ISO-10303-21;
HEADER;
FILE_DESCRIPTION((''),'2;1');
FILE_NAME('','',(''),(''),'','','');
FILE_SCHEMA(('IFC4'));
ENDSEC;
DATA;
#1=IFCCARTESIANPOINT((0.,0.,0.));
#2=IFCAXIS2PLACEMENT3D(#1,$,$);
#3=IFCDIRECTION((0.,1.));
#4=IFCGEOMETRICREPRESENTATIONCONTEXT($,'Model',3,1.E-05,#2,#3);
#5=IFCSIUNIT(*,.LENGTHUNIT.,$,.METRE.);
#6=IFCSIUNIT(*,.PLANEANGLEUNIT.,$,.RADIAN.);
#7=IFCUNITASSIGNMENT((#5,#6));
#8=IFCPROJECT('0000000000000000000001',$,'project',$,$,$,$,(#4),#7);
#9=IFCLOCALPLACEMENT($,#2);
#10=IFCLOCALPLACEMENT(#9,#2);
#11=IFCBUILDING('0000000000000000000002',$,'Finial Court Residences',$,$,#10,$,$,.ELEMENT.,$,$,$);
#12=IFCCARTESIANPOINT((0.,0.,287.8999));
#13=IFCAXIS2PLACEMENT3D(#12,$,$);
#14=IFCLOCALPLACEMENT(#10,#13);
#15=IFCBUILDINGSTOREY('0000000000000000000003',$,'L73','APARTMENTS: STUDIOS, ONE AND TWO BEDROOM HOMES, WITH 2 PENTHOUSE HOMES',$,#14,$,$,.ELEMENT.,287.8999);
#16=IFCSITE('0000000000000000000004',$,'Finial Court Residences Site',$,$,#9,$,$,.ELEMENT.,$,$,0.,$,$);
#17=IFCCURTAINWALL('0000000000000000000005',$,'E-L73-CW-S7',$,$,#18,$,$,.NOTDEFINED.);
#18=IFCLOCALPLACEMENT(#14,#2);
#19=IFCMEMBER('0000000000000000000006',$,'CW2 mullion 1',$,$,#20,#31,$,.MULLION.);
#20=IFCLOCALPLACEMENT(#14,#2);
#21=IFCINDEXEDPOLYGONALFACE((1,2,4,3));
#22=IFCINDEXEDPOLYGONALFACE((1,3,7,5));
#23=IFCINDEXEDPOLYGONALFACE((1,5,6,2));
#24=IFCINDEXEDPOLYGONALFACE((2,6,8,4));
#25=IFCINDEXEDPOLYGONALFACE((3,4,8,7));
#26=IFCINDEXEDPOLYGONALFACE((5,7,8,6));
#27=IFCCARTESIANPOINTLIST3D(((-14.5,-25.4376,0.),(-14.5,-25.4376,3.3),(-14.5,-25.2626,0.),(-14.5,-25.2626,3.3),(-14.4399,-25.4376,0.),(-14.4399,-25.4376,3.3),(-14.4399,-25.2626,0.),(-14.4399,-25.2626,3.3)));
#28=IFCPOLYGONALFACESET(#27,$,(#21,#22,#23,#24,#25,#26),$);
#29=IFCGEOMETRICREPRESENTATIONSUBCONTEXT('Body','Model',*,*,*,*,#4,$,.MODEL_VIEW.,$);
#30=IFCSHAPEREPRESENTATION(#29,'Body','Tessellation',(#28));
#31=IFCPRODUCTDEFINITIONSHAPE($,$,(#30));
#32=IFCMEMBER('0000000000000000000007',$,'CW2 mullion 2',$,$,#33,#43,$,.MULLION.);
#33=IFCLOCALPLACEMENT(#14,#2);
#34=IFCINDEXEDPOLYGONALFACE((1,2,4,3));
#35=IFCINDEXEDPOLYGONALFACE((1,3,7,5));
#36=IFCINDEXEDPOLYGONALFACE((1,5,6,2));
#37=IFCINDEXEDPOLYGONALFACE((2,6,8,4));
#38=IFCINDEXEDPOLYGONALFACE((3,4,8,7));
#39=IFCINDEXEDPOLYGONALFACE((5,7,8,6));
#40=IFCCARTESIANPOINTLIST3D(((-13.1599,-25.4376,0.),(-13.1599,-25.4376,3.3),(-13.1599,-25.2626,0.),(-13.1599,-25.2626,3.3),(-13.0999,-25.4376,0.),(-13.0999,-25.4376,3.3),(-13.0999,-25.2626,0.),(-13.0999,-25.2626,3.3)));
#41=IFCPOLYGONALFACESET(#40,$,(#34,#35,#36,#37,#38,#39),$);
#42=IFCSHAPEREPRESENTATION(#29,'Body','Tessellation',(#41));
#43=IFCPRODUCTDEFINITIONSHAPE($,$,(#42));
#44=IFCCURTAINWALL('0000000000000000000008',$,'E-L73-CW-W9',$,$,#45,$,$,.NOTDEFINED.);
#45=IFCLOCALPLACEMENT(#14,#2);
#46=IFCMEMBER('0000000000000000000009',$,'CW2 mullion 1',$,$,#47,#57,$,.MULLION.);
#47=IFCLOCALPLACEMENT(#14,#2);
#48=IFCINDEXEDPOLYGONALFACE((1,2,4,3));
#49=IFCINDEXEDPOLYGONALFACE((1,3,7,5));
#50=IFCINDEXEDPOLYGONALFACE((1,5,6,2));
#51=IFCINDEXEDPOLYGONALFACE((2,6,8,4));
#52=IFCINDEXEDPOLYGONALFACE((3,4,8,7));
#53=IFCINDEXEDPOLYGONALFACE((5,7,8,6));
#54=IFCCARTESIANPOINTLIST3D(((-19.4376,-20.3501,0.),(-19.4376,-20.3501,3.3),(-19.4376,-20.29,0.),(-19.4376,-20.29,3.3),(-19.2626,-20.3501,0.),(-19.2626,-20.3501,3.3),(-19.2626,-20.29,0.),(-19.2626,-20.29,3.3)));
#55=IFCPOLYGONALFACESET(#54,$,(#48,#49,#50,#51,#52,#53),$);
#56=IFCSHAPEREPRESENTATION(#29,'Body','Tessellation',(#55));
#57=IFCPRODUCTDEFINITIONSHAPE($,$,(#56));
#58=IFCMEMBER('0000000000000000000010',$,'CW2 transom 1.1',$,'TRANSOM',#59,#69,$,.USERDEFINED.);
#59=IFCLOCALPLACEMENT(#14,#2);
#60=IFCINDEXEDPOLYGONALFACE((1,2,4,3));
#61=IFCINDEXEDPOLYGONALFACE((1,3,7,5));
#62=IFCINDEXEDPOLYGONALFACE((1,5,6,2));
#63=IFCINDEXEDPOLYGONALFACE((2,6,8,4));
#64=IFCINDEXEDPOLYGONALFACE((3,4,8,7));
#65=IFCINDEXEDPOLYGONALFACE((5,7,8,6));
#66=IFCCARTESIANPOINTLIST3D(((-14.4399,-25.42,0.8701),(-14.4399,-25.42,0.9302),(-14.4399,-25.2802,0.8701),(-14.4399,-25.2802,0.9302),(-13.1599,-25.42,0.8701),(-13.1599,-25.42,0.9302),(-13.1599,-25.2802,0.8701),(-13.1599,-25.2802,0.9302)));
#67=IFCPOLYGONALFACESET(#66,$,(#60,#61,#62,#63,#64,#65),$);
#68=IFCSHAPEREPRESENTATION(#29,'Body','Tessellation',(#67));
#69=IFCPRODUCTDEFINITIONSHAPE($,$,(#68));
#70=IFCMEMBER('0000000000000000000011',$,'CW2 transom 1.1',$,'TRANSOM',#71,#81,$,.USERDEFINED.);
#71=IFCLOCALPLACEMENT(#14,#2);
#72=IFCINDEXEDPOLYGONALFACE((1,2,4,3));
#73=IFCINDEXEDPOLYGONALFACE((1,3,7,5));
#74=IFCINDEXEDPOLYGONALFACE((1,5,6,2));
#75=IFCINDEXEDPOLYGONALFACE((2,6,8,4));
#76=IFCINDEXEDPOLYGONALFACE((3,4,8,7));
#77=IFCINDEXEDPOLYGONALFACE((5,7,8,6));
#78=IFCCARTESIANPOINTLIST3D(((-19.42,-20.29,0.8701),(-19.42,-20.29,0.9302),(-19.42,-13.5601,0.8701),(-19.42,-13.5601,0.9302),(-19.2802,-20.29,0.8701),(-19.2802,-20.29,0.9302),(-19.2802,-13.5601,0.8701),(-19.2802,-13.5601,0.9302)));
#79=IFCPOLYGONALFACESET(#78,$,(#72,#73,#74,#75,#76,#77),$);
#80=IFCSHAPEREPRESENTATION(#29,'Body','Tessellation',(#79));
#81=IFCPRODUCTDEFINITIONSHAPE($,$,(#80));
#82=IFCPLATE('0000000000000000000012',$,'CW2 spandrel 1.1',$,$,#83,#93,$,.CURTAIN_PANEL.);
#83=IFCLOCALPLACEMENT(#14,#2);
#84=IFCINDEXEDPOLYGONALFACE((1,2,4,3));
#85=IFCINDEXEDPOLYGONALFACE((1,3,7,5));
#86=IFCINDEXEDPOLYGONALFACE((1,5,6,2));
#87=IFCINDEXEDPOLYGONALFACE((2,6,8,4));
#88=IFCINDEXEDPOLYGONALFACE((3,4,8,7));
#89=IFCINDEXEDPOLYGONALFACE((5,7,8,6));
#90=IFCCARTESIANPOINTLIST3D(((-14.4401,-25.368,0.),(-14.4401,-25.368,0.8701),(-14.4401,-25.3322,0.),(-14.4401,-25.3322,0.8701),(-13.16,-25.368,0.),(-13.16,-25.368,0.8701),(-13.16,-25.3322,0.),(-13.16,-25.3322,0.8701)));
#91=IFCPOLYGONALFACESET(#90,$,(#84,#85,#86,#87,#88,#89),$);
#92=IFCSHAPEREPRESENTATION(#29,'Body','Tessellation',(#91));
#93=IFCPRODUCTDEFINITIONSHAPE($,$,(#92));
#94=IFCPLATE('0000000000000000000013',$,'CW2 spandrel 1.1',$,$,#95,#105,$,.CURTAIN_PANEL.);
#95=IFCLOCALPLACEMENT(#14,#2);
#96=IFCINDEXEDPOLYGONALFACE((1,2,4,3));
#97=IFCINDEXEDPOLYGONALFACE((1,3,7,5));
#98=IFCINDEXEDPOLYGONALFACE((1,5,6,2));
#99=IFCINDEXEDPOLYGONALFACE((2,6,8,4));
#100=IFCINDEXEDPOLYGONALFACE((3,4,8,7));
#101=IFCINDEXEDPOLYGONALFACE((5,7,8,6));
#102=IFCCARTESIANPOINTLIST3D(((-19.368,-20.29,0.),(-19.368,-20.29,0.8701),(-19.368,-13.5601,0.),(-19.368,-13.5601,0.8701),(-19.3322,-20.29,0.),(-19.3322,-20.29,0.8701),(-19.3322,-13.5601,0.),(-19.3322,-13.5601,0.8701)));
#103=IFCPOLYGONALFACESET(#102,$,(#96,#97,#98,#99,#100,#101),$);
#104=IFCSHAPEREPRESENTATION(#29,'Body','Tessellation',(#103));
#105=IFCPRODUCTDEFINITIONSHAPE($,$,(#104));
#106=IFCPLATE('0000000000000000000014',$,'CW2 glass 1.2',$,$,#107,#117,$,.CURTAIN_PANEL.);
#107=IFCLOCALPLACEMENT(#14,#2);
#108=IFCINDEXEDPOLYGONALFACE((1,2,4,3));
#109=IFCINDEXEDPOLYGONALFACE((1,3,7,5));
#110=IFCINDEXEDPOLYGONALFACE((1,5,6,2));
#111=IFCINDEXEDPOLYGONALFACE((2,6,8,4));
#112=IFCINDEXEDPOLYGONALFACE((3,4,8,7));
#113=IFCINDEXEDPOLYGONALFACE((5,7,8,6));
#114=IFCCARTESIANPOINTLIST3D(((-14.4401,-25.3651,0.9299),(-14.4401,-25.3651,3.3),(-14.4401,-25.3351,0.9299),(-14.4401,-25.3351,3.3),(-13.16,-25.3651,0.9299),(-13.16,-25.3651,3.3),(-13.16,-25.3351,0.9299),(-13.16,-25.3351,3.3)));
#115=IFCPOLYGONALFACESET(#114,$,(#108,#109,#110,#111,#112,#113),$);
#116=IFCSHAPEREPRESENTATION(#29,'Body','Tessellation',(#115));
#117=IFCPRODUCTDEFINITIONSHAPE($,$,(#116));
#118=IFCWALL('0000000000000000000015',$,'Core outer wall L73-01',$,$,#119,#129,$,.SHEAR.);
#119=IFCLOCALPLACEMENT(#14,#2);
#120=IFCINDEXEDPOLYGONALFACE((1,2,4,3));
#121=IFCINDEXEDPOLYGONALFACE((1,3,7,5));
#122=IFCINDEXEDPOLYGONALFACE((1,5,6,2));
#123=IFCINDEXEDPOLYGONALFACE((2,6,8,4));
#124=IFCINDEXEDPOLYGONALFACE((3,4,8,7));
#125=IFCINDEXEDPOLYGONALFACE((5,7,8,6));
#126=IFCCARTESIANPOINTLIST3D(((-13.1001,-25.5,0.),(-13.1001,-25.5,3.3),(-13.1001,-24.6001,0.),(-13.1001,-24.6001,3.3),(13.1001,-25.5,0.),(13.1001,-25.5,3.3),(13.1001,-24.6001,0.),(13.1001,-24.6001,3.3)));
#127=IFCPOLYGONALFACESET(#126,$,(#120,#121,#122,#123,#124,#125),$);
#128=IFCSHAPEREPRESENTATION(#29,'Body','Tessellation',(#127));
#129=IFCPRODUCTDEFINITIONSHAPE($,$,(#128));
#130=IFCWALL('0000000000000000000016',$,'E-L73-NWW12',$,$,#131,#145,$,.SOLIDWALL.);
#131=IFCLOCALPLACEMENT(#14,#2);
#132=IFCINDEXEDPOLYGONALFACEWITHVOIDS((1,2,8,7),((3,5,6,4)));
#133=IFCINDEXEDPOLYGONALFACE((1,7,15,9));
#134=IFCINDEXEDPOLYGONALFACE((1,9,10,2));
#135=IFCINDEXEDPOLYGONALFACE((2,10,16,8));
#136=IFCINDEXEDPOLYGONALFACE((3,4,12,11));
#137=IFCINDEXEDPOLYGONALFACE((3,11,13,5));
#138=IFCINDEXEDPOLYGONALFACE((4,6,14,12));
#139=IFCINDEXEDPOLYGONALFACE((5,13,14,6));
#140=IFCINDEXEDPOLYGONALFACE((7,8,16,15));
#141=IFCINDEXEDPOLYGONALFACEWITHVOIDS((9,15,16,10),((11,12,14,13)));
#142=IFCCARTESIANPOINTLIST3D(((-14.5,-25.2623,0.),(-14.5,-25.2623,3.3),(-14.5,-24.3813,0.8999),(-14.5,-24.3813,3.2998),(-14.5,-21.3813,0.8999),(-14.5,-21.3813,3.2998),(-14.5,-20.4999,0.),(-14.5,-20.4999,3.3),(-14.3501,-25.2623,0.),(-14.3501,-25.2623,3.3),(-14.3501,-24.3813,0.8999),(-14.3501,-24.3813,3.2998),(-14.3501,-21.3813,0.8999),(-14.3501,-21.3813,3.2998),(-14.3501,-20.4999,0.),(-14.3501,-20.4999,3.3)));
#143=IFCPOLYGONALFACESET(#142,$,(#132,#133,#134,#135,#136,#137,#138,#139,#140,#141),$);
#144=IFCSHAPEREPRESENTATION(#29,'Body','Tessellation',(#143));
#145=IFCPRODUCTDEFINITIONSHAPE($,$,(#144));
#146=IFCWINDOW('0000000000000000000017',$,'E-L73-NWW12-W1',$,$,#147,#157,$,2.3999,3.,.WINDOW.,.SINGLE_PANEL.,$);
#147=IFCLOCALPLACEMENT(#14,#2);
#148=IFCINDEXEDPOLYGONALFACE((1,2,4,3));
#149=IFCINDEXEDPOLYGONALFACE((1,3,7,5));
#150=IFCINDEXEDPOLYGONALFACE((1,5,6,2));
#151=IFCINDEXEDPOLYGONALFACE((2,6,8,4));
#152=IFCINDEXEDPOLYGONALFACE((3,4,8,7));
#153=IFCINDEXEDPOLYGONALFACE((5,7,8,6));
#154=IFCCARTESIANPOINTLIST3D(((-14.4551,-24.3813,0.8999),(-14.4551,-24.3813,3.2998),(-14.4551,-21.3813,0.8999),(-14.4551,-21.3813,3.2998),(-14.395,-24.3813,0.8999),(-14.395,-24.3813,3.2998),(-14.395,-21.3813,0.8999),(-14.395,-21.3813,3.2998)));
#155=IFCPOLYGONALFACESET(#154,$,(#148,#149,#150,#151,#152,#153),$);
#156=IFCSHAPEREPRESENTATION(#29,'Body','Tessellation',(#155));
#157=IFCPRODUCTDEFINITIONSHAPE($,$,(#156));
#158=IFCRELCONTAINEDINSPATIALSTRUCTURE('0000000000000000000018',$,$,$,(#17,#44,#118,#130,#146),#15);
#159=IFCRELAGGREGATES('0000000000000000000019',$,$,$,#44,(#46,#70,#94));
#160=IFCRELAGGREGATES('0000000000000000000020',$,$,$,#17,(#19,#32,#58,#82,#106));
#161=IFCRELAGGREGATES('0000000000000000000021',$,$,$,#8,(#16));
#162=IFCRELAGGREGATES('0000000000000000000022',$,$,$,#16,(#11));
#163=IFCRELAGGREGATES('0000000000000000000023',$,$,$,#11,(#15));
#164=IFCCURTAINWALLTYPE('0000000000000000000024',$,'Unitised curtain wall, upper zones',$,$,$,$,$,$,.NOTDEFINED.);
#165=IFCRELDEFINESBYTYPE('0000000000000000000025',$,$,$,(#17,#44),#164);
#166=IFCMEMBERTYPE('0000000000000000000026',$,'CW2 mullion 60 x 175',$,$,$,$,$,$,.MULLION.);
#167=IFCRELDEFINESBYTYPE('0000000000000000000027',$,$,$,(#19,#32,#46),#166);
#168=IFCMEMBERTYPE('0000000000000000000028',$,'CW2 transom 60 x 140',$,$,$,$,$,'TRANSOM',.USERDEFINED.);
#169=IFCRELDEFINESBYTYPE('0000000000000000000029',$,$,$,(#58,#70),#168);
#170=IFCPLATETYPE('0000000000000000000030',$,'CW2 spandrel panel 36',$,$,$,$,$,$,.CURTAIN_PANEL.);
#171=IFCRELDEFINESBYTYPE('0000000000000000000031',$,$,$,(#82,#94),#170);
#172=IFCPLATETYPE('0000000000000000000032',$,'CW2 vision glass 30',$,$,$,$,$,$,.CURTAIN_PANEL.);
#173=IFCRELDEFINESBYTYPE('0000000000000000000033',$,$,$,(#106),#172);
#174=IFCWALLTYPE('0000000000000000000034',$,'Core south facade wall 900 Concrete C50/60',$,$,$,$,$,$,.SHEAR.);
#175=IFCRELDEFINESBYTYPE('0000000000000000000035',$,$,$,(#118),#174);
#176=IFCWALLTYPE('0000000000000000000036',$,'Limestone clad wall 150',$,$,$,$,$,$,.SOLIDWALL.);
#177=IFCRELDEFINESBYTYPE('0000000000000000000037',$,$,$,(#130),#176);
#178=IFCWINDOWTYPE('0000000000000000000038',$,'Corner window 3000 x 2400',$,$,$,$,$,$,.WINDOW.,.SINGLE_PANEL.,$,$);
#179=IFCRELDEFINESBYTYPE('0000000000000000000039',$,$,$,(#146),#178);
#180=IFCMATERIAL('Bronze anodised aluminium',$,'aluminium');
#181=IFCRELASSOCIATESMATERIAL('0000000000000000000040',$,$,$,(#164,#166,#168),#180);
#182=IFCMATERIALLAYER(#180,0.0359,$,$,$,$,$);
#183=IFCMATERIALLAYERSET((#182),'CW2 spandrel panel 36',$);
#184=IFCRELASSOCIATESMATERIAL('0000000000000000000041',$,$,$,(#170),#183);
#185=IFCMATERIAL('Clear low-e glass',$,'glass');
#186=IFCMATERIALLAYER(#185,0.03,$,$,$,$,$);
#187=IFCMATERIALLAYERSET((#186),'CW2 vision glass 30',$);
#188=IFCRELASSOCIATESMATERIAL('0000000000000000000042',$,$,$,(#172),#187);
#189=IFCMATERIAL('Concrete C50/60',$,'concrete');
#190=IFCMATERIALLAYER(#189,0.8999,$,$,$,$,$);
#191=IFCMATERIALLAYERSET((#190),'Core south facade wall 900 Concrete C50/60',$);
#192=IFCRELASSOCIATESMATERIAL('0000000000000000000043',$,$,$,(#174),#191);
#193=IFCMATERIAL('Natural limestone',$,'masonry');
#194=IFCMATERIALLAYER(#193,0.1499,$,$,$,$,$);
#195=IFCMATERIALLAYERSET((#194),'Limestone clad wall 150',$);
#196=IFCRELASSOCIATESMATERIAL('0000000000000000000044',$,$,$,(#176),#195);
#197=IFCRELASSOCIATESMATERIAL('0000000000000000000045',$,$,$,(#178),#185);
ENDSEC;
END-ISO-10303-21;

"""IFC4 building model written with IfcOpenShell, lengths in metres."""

from ifc_helpers import new_model, si_unit, direction, frame, frame_2d, origin, origin_2d, place, context, subcontext, project, spatial, rectangle, extrude, material, layer, layer_set, material_profile, profile_set, type_object, element, fill, aggregate, save


model = new_model("IFC4")

# Units and contexts
model_context = context("Model", 3, precision=1e-05, world=origin(), true_north=direction((0.0, 1.0)))
body_context = subcontext(model_context, "Body", "Model", "MODEL_VIEW")
ifc_project = project(units=[si_unit("LENGTHUNIT", "METRE"), si_unit("PLANEANGLEUNIT", "RADIAN")], contexts=[model_context])

# Site, building, storey
site_placement = place(None, origin())
site = spatial("IfcSite", under=ifc_project, at=site_placement, Name="Finial Court Residences Site", CompositionType="ELEMENT", RefElevation=0.0)
building_placement = place(site_placement, origin())
building = spatial("IfcBuilding", under=site, at=building_placement, Name="Finial Court Residences", CompositionType="ELEMENT")
storey_placement = place(building_placement, frame((0.0, 0.0, 287.8999)))
storey = spatial("IfcBuildingStorey", under=building, at=storey_placement, Name="L73", Description="APARTMENTS: STUDIOS, ONE AND TWO BEDROOM HOMES, WITH 2 PENTHOUSE HOMES", CompositionType="ELEMENT", Elevation=287.8999)

# Curtain wall, members
ifc_material_1 = material(Name="Bronze anodised aluminium", Category="aluminium")
curtain_wall_type = type_object("IfcCurtainWallType", Name="Unitised curtain wall, upper zones", PredefinedType="NOTDEFINED", material=ifc_material_1)
curtain_wall_1_placement = place(storey_placement, origin())
curtain_wall_1 = element("IfcCurtainWall", 1, at=curtain_wall_1_placement, inside=storey, type_object=curtain_wall_type, Name="E-L73-CW-S7", PredefinedType="NOTDEFINED")
ifc_material_profile_1 = material_profile(ifc_material_1, rectangle(XDim=0.175, YDim=0.0601, at=origin_2d()), Name="CW2 mullion 60 x 175")
ifc_profile_set_1 = profile_set([ifc_material_profile_1], Name="Bronze anodised aluminium")
member_type_1 = type_object("IfcMemberType", Name="CW2 mullion 60 x 175", PredefinedType="MULLION", material=ifc_profile_set_1)
member_1_placement = place(storey_placement, frame((-14.47, -25.3501, 0.0), z_axis=(0.0, 0.0, 1.0), x_axis=(0.0, 1.0, 0.0)))
member_1 = element("IfcMember", 2, at=member_1_placement, type_object=member_type_1, Name="CW2 mullion 1", PredefinedType="MULLION", context=body_context, shape_type="SweptSolid", body=[
    extrude(rectangle(XDim=0.175, YDim=0.0601, at=origin_2d()), origin(), (0.0, 0.0, 1.0), 3.3),
])
member_2_placement = place(storey_placement, frame((-13.1299, -25.3501, 0.0), z_axis=(0.0, 0.0, 1.0), x_axis=(0.0, 1.0, 0.0)))
member_2 = element("IfcMember", 3, at=member_2_placement, type_object=member_type_1, Name="CW2 mullion 2", PredefinedType="MULLION", context=body_context, shape_type="SweptSolid", body=[
    extrude(rectangle(XDim=0.175, YDim=0.0601, at=origin_2d()), origin(), (0.0, 0.0, 1.0), 3.3),
])

# Curtain wall, member
curtain_wall_2_placement = place(storey_placement, origin())
curtain_wall_2 = element("IfcCurtainWall", 4, at=curtain_wall_2_placement, inside=storey, type_object=curtain_wall_type, Name="E-L73-CW-W9", PredefinedType="NOTDEFINED")
member_3_placement = place(storey_placement, frame((-19.3501, -20.3201, 0.0), z_axis=(0.0, 0.0, 1.0), x_axis=(-1.0, 0.0, 0.0)))
member_3 = element("IfcMember", 5, at=member_3_placement, type_object=member_type_1, Name="CW2 mullion 1", PredefinedType="MULLION", context=body_context, shape_type="SweptSolid", body=[
    extrude(rectangle(XDim=0.175, YDim=0.0601, at=origin_2d()), origin(), (0.0, 0.0, 1.0), 3.3),
])

# Members
ifc_material_profile_2 = material_profile(ifc_material_1, rectangle(XDim=0.1399, YDim=0.0601, at=origin_2d()), Name="CW2 transom 60 x 140")
ifc_profile_set_2 = profile_set([ifc_material_profile_2], Name="Bronze anodised aluminium")
member_type_2 = type_object("IfcMemberType", Name="CW2 transom 60 x 140", ElementType="TRANSOM", PredefinedType="USERDEFINED", material=ifc_profile_set_2)
member_4_placement = place(storey_placement, frame((-14.4399, -25.3501, 0.9001), z_axis=(1.0, 0.0, 0.0), x_axis=(0.0, 1.0, 0.0)))
member_4 = element("IfcMember", 6, at=member_4_placement, type_object=member_type_2, Name="CW2 transom 1.1", ObjectType="TRANSOM", PredefinedType="USERDEFINED", context=body_context, shape_type="SweptSolid", body=[
    extrude(rectangle(XDim=0.1399, YDim=0.0601, at=origin_2d()), origin(), (0.0, 0.0, 1.0), 1.28),
])
member_5_placement = place(storey_placement, frame((-19.3501, -20.29, 0.9001), z_axis=(0.0, 1.0, 0.0), x_axis=(-1.0, 0.0, 0.0)))
member_5 = element("IfcMember", 7, at=member_5_placement, type_object=member_type_2, Name="CW2 transom 1.1", ObjectType="TRANSOM", PredefinedType="USERDEFINED", context=body_context, shape_type="SweptSolid", body=[
    extrude(rectangle(XDim=0.1399, YDim=0.0601, at=origin_2d()), origin(), (0.0, 0.0, 1.0), 6.73),
])

# Plates
ifc_layer_1 = layer(ifc_material_1, 0.0359)
ifc_layer_set_1 = layer_set([ifc_layer_1], Name="CW2 spandrel panel 36")
plate_type_1 = type_object("IfcPlateType", Name="CW2 spandrel panel 36", PredefinedType="CURTAIN_PANEL", material=ifc_layer_set_1)
plate_1_placement = place(storey_placement, frame((-13.8, -25.3501, 0.0), z_axis=(0.0, 0.0, 1.0), x_axis=(1.0, 0.0, 0.0)))
plate_1 = element("IfcPlate", 8, at=plate_1_placement, type_object=plate_type_1, Name="CW2 spandrel 1.1", PredefinedType="CURTAIN_PANEL", context=body_context, shape_type="SweptSolid", body=[
    extrude(rectangle(XDim=1.28, YDim=0.0359, at=origin_2d()), origin(), (0.0, 0.0, 1.0), 0.8701),
])
plate_2_placement = place(storey_placement, frame((-19.3501, -16.925, 0.0), z_axis=(0.0, 0.0, 1.0), x_axis=(0.0, 1.0, 0.0)))
plate_2 = element("IfcPlate", 9, at=plate_2_placement, type_object=plate_type_1, Name="CW2 spandrel 1.1", PredefinedType="CURTAIN_PANEL", context=body_context, shape_type="SweptSolid", body=[
    extrude(rectangle(XDim=6.73, YDim=0.0359, at=origin_2d()), origin(), (0.0, 0.0, 1.0), 0.8701),
])
aggregate(curtain_wall_2, [member_3, member_5, plate_2])
ifc_material_2 = material(Name="Clear low-e glass", Category="glass")
ifc_layer_2 = layer(ifc_material_2, 0.03)
ifc_layer_set_2 = layer_set([ifc_layer_2], Name="CW2 vision glass 30")
plate_type_2 = type_object("IfcPlateType", Name="CW2 vision glass 30", PredefinedType="CURTAIN_PANEL", material=ifc_layer_set_2)
plate_3_placement = place(storey_placement, frame((-13.8, -25.3501, 0.9299), z_axis=(0.0, 0.0, 1.0), x_axis=(1.0, 0.0, 0.0)))
plate_3 = element("IfcPlate", 10, at=plate_3_placement, type_object=plate_type_2, Name="CW2 glass 1.2", PredefinedType="CURTAIN_PANEL", context=body_context, shape_type="SweptSolid", body=[
    extrude(rectangle(XDim=1.28, YDim=0.03, at=origin_2d()), origin(), (0.0, 0.0, 1.0), 2.3701),
])
aggregate(curtain_wall_1, [member_1, member_2, member_4, plate_1, plate_3])

# Wall
ifc_material_3 = material(Name="Concrete C50/60", Category="concrete")
ifc_layer_3 = layer(ifc_material_3, 0.8999)
ifc_layer_set_3 = layer_set([ifc_layer_3], Name="Core south facade wall 900 Concrete C50/60")
wall_type_1 = type_object("IfcWallType", Name="Core south facade wall 900 Concrete C50/60", PredefinedType="SHEAR", material=ifc_layer_set_3)
wall_1_placement = place(storey_placement, frame((-13.1001, -25.05, 0.0), z_axis=(0.0, 0.0, 1.0), x_axis=(1.0, 0.0, 0.0)))
element("IfcWall", 11, at=wall_1_placement, inside=storey, type_object=wall_type_1, Name="Core outer wall L73-01", PredefinedType="SHEAR", context=body_context, shape_type="SweptSolid", body=[
    extrude(rectangle(XDim=26.2002, YDim=0.8999, at=frame_2d((13.1001, 0.0))), origin(), (0.0, 0.0, 1.0), 3.3),
])

# Wall, opening, window
ifc_material_4 = material(Name="Natural limestone", Category="masonry")
ifc_layer_4 = layer(ifc_material_4, 0.1499)
ifc_layer_set_4 = layer_set([ifc_layer_4], Name="Limestone clad wall 150")
wall_type_2 = type_object("IfcWallType", Name="Limestone clad wall 150", PredefinedType="SOLIDWALL", material=ifc_layer_set_4)
wall_2_placement = place(storey_placement, frame((-14.425, -25.2625, 0.0), z_axis=(0.0, 0.0, 1.0), x_axis=(0.0, 1.0, 0.0)))
wall_2 = element("IfcWall", 12, at=wall_2_placement, inside=storey, type_object=wall_type_2, Name="E-L73-NWW12", PredefinedType="SOLIDWALL", context=body_context, shape_type="SweptSolid", body=[
    extrude(rectangle(XDim=4.7625, YDim=0.1499, at=frame_2d((2.3813, 0.0))), origin(), (0.0, 0.0, 1.0), 3.3),
])
opening_1_placement = place(wall_2_placement, frame((0.8811, 0.0, 0.8999)))
opening_1 = element("IfcOpeningElement", 13, at=opening_1_placement, cuts=wall_2, PredefinedType="OPENING", context=body_context, shape_type="SweptSolid", body=[
    extrude(rectangle(XDim=3.0, YDim=2.3999, at=frame_2d((1.5, 1.2))), frame((0.0, 0.085, 0.0), z_axis=(0.0, -1.0, 0.0), x_axis=(1.0, 0.0, 0.0)), (0.0, 0.0, 1.0), 0.1699),
])
window_type = type_object("IfcWindowType", Name="Corner window 3000 x 2400", PartitioningType="SINGLE_PANEL", PredefinedType="WINDOW", material=ifc_material_2)
window_1_placement = place(opening_1_placement, origin())
window_1 = element("IfcWindow", 14, at=window_1_placement, inside=storey, type_object=window_type, Name="E-L73-NWW12-W1", OverallHeight=2.3999, OverallWidth=3.0, PartitioningType="SINGLE_PANEL", PredefinedType="WINDOW", context=body_context, shape_type="SweptSolid", body=[
    extrude(rectangle(XDim=3.0, YDim=2.3999, at=frame_2d((1.5, 1.2))), frame((0.0, 0.03, 0.0), z_axis=(0.0, -1.0, 0.0), x_axis=(1.0, 0.0, 0.0)), (0.0, 0.0, 1.0), 0.0601),
])
fill(opening_1, window_1)

save(model, "model.ifc")
